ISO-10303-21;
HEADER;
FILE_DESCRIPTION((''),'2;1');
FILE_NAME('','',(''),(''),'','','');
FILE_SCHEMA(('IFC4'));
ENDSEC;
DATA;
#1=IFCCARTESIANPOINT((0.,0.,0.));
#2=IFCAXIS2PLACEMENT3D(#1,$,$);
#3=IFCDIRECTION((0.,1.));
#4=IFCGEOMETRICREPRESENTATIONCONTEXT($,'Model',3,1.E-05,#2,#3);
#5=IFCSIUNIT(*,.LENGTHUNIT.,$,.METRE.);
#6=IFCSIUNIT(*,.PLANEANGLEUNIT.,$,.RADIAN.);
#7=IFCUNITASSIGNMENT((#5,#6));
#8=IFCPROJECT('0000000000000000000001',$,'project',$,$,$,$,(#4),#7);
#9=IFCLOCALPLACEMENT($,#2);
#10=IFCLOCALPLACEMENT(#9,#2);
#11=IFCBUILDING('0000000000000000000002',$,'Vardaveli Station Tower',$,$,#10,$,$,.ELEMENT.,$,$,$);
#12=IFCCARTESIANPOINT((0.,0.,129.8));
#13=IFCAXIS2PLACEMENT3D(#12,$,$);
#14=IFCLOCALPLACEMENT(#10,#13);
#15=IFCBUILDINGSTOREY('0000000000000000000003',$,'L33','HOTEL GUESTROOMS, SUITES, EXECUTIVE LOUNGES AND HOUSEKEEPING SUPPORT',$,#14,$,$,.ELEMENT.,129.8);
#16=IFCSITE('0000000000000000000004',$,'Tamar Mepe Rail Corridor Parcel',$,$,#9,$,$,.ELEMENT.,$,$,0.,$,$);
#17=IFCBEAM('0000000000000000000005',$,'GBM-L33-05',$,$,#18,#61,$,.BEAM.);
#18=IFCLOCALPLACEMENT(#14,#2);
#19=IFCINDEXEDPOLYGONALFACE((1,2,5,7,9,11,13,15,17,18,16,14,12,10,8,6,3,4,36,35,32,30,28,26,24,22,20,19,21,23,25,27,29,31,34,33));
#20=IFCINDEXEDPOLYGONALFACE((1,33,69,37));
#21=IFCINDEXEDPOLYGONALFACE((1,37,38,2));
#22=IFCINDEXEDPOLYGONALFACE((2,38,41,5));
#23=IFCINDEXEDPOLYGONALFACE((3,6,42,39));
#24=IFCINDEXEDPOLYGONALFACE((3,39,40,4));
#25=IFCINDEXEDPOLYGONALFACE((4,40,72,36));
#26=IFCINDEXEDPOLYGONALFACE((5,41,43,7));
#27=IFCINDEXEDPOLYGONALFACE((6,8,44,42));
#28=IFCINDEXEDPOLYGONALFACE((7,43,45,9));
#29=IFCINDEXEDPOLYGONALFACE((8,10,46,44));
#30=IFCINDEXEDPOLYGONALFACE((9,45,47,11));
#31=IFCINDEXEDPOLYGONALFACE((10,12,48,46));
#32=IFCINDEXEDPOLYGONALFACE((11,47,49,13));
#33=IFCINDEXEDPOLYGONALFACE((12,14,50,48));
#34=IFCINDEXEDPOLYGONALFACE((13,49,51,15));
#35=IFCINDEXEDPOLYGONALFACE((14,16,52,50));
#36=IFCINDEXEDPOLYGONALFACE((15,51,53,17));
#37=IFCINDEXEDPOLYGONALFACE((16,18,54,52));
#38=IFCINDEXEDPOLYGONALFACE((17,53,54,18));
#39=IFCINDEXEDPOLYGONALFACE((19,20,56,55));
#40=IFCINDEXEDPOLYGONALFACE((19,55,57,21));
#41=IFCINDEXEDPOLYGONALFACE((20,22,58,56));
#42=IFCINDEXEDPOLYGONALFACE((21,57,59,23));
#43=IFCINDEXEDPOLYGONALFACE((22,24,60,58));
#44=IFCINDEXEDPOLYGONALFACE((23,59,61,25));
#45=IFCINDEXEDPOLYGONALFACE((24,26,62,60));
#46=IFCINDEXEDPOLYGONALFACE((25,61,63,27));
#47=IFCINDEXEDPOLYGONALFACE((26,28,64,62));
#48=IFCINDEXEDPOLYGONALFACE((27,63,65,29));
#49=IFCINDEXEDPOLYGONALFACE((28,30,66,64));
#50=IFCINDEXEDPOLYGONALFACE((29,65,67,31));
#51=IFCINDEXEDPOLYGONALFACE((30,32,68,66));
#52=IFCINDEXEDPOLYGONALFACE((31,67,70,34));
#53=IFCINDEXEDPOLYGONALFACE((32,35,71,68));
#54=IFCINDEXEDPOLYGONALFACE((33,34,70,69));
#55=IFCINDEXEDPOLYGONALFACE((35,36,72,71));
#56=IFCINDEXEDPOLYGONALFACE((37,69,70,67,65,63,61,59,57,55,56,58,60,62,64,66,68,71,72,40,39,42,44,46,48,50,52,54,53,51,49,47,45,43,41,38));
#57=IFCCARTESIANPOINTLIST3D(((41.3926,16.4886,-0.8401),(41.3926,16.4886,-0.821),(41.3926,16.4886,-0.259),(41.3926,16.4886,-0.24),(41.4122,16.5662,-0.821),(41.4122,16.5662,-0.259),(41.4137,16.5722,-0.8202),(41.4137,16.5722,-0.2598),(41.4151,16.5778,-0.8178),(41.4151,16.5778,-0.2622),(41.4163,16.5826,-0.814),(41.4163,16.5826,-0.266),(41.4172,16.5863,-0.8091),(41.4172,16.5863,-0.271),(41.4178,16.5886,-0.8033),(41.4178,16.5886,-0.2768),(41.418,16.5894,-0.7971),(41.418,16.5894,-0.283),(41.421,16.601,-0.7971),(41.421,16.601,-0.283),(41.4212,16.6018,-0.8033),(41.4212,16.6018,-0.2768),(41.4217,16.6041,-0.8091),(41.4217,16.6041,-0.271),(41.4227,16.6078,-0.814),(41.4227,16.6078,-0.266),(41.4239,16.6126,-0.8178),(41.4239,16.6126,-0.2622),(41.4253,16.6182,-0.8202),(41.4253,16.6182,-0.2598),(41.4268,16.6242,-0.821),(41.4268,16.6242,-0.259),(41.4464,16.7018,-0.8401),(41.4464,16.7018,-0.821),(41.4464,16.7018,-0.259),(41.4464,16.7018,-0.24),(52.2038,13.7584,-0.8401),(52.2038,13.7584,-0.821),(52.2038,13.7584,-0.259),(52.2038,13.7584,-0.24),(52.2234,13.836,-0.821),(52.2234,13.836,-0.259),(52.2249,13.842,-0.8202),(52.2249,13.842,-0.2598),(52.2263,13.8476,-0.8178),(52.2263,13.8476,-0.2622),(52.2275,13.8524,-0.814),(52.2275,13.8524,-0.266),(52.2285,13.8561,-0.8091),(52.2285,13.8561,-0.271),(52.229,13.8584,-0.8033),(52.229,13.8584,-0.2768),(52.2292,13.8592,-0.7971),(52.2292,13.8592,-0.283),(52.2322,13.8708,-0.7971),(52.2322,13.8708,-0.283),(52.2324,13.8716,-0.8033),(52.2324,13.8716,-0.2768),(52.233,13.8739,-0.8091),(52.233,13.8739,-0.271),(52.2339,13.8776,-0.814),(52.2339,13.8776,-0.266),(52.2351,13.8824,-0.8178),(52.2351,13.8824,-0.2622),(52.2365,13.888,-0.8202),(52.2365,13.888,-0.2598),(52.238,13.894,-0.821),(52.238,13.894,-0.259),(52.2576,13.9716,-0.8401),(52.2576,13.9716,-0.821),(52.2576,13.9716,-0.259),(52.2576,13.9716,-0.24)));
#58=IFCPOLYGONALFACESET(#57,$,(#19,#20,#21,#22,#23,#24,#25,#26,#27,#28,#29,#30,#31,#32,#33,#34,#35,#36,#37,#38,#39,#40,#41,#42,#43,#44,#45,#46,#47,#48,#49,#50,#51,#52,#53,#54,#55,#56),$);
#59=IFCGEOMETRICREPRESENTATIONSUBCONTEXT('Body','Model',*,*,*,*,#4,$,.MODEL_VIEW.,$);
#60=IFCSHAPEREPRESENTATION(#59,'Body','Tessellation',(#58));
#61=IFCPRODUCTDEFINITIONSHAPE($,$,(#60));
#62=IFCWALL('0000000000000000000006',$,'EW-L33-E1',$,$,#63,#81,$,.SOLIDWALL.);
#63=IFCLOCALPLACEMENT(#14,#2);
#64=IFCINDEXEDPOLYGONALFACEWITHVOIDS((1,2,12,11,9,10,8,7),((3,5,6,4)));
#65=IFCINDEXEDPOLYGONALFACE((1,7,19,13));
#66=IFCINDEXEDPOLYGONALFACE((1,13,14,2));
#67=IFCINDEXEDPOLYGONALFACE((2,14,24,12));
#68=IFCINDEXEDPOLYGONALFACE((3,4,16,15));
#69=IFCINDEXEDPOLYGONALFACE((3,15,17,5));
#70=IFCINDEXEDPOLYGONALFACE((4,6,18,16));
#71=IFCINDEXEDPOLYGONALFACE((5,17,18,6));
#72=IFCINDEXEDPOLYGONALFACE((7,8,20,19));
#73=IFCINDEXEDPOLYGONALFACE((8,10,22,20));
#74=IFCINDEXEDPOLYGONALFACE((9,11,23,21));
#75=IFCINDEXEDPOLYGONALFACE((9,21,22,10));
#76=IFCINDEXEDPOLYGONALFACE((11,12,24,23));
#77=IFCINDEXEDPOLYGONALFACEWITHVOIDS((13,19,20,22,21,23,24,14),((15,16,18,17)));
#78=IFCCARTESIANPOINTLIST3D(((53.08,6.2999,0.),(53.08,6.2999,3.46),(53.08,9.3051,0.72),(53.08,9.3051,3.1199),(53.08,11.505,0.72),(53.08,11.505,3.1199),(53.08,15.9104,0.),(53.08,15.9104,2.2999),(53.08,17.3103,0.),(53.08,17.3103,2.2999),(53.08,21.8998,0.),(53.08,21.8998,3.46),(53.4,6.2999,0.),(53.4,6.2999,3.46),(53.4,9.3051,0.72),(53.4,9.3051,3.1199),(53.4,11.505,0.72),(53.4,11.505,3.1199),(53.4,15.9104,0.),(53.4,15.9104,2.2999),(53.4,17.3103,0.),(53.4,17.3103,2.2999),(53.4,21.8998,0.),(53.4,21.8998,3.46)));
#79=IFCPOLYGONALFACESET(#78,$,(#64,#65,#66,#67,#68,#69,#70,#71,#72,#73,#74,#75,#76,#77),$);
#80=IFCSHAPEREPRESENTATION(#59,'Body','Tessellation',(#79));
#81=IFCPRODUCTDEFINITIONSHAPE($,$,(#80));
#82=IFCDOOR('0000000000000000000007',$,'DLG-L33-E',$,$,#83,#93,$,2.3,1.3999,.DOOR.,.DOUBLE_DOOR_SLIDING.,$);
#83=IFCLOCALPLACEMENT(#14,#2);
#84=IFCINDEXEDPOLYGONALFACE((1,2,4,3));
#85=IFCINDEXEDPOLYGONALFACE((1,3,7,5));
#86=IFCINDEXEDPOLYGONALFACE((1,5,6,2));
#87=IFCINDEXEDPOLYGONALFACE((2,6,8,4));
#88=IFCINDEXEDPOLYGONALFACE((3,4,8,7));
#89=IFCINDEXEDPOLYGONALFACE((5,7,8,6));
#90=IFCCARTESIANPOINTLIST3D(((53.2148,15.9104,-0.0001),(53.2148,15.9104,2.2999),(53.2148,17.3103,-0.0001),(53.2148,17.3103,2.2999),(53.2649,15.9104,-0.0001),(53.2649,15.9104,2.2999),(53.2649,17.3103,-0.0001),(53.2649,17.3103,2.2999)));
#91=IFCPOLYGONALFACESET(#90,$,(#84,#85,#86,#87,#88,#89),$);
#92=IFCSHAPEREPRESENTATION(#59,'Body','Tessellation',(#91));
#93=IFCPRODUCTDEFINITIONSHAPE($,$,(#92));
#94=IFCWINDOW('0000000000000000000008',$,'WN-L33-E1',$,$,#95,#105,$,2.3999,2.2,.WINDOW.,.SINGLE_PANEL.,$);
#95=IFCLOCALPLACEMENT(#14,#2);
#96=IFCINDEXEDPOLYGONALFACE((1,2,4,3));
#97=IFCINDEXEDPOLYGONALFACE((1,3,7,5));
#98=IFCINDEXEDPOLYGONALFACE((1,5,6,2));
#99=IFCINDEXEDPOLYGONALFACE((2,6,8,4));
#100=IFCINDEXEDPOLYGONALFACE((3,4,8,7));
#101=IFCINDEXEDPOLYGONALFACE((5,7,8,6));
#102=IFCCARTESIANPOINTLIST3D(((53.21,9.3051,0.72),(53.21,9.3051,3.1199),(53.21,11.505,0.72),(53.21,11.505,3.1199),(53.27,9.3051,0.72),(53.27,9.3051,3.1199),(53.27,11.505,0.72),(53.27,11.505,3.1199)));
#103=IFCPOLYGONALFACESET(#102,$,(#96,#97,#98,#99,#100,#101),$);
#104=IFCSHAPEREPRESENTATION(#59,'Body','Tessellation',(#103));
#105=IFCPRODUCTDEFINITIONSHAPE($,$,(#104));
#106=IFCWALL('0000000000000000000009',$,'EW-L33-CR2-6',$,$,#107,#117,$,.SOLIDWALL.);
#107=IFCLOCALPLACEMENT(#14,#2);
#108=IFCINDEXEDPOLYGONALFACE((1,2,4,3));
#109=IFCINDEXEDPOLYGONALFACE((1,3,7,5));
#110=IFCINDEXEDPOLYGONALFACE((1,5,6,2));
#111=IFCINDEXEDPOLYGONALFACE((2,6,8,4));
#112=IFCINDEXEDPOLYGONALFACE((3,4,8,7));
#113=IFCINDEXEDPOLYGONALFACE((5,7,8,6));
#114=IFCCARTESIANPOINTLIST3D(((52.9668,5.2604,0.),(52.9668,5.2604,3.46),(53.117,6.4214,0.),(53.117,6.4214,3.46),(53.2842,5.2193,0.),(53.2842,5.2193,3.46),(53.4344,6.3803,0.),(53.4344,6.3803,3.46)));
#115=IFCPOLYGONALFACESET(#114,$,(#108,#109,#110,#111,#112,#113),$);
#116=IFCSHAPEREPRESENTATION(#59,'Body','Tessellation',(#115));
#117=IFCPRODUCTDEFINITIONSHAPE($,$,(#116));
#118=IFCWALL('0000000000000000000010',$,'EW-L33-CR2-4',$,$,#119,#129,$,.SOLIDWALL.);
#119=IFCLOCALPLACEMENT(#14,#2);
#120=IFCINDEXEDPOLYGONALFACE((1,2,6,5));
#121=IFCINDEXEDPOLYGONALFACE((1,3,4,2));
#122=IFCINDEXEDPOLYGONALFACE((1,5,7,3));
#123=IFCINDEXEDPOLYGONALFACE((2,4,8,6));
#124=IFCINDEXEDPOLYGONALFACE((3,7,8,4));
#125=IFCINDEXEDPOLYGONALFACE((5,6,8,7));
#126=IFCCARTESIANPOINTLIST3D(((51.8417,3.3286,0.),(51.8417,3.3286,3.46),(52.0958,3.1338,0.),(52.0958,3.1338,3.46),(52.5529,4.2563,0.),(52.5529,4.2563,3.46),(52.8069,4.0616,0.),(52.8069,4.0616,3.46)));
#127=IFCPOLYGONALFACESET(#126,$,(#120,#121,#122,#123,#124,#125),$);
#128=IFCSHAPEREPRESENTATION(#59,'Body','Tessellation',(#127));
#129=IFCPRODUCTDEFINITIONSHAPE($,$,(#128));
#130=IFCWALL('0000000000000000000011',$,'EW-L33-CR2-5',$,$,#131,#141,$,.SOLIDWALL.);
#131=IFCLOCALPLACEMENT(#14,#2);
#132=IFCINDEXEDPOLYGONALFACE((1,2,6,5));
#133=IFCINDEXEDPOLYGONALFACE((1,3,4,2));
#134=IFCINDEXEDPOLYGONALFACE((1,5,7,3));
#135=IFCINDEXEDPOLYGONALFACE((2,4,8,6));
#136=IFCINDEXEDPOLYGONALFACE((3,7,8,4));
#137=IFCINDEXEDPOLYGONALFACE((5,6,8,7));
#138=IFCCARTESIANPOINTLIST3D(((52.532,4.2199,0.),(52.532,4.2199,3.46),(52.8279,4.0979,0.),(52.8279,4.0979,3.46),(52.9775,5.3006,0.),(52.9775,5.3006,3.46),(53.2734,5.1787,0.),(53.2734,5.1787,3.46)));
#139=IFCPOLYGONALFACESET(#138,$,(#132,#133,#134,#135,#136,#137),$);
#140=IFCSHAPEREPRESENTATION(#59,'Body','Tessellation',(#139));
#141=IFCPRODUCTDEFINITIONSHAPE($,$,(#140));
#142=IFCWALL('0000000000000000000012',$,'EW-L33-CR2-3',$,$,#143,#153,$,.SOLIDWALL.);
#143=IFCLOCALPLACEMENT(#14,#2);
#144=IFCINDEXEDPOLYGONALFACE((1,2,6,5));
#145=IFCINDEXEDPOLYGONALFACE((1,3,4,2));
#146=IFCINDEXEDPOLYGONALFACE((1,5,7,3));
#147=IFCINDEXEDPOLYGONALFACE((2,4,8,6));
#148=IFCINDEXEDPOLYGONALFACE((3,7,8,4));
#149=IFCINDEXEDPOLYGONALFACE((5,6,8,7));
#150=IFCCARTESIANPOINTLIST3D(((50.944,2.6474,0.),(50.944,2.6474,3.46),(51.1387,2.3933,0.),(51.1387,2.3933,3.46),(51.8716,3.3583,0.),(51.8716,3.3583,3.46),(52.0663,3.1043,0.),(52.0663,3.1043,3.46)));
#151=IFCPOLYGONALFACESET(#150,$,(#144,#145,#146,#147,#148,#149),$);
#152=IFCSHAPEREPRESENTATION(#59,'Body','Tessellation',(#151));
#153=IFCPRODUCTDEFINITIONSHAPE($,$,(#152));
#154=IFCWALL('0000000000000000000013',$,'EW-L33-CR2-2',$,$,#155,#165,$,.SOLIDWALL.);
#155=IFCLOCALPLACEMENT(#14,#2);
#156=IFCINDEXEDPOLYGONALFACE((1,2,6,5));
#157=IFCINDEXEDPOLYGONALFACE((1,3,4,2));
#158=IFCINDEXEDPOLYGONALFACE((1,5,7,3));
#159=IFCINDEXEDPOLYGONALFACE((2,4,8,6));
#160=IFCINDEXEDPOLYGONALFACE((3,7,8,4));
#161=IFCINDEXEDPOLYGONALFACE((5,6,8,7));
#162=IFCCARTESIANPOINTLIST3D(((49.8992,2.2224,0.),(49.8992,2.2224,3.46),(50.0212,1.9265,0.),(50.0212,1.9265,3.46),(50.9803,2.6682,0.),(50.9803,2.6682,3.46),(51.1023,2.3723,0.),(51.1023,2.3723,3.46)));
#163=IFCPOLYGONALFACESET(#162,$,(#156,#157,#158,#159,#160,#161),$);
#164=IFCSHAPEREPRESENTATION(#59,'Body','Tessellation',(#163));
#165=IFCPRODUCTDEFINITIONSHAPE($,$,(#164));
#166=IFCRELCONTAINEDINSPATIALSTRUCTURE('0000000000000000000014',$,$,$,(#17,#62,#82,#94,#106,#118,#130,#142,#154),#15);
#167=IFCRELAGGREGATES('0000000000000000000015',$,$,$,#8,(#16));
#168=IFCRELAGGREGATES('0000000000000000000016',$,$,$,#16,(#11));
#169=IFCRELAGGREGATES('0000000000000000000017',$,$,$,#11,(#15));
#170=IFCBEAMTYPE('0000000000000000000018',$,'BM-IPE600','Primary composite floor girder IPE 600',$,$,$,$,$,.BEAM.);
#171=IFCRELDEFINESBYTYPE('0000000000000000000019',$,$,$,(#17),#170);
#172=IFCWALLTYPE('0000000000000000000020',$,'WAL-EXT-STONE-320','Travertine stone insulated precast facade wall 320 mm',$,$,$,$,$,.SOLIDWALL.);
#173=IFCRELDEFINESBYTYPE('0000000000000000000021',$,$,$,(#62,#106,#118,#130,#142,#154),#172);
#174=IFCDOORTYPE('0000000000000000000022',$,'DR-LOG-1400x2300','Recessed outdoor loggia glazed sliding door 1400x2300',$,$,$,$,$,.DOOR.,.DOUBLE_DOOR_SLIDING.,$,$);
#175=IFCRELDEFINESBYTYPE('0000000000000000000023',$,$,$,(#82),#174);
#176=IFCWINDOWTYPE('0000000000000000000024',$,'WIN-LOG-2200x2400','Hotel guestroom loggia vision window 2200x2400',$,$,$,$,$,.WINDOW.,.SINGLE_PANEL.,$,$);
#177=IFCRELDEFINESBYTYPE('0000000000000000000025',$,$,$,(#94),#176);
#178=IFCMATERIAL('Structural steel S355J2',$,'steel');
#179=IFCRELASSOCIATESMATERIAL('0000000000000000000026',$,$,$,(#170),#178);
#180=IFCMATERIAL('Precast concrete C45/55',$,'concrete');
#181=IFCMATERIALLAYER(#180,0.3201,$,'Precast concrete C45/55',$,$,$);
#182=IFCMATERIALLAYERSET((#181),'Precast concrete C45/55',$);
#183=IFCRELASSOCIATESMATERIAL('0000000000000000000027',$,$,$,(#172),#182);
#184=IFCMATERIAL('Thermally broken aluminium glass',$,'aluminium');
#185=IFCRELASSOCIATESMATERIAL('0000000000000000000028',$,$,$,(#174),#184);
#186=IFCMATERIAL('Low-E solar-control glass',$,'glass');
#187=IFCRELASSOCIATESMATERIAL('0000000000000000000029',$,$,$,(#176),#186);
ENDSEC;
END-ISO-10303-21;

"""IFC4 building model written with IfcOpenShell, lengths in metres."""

from ifc_helpers import new_model, si_unit, direction, frame, frame_2d, origin, origin_2d, place, context, subcontext, project, spatial, rectangle, i_section, extrude, source, transform, mapped, material, layer, layer_set, material_profile, profile_set, type_object, element, fill, save


model = new_model("IFC4")

# Units and contexts
model_context = context("Model", 3, precision=1e-05, world=origin(), true_north=direction((0.0, 1.0)))
body_context = subcontext(model_context, "Body", "Model", "MODEL_VIEW")
ifc_project = project(units=[si_unit("LENGTHUNIT", "METRE"), si_unit("PLANEANGLEUNIT", "RADIAN")], contexts=[model_context])

# Site, building, storey
site_placement = place(None, origin())
site = spatial("IfcSite", under=ifc_project, at=site_placement, Name="Tamar Mepe Rail Corridor Parcel", CompositionType="ELEMENT", RefElevation=0.0)
building_placement = place(site_placement, origin())
building = spatial("IfcBuilding", under=site, at=building_placement, Name="Vardaveli Station Tower", CompositionType="ELEMENT")
storey_placement = place(building_placement, frame((0.0, 0.0, 129.8)))
storey = spatial("IfcBuildingStorey", under=building, at=storey_placement, Name="L33", Description="HOTEL GUESTROOMS, SUITES, EXECUTIVE LOUNGES AND HOUSEKEEPING SUPPORT", CompositionType="ELEMENT", Elevation=129.8)

# Beam
ifc_material_1 = material(Name="Precast concrete C45/55", Category="concrete")
ifc_material_2 = material(Name="Structural steel S355J2", Category="steel")
ifc_material_profile_1 = material_profile(ifc_material_2, i_section(OverallWidth=0.22, OverallDepth=0.6001, WebThickness=0.012, FlangeThickness=0.019, FilletRadius=0.0239, at=origin_2d()), Name="IPE 600")
ifc_profile_set_1 = profile_set([ifc_material_profile_1], Name="Structural steel S355J2")
beam_type_1 = type_object("IfcBeamType", Name="BM-IPE600", Description="Primary composite floor girder IPE 600", PredefinedType="BEAM", material=ifc_profile_set_1)
shared_shape_1 = source(origin(), body_context, "Body", "SweptSolid", [
    extrude(i_section(OverallWidth=0.22, OverallDepth=0.6001, WebThickness=0.012, FlangeThickness=0.019, FilletRadius=0.0239, at=origin_2d()), origin(), (0.0, 0.0, 1.0), 11.1506),
])
beam_1_placement = place(storey_placement, frame((52.2307, 13.865, -0.54), z_axis=(-0.969561, 0.244848, 0.0), x_axis=(-0.244848, -0.969561, 0.0)))
element("IfcBeam", 1, at=beam_1_placement, inside=storey, type_object=beam_type_1, Name="GBM-L33-05", PredefinedType="BEAM", context=body_context, shape_type="MappedRepresentation", body=[
    mapped(shared_shape_1, transform((0.0, 0.0, 0.0), scale=1.0)),
])

# Wall, openings, door, window
ifc_layer_1 = layer(ifc_material_1, 0.3201, Name="Precast concrete C45/55")
ifc_layer_set_1 = layer_set([ifc_layer_1], Name="Precast concrete C45/55")
wall_type_1 = type_object("IfcWallType", Name="WAL-EXT-STONE-320", Description="Travertine stone insulated precast facade wall 320 mm", PredefinedType="SOLIDWALL", material=ifc_layer_set_1)
shared_shape_2 = source(origin(), body_context, "Body", "SweptSolid", [
    extrude(rectangle(XDim=15.5999, YDim=0.3201, at=frame_2d((7.7998, 0.0))), origin(), (0.0, 0.0, 1.0), 3.46),
])
wall_1_placement = place(storey_placement, frame((53.24, 6.3, 0.0), z_axis=(0.0, 0.0, 1.0), x_axis=(0.0, 1.0, 0.0)))
wall_1 = element("IfcWall", 2, at=wall_1_placement, inside=storey, type_object=wall_type_1, Name="EW-L33-E1", PredefinedType="SOLIDWALL", context=body_context, shape_type="MappedRepresentation", body=[
    mapped(shared_shape_2, transform((0.0, 0.0, 0.0), scale=1.0)),
])
shared_shape_3 = source(origin(), body_context, "Body", "SweptSolid", [
    extrude(rectangle(XDim=1.3999, YDim=2.3, at=frame_2d((0.7, 1.1499))), frame((0.0, 0.1699, 0.0), z_axis=(0.0, -1.0, 0.0), x_axis=(1.0, 0.0, 0.0)), (0.0, 0.0, 1.0), 0.3401),
])
opening_1_placement = place(wall_1_placement, frame((9.6104, 0.0, 0.0)))
opening_1 = element("IfcOpeningElement", 3, at=opening_1_placement, cuts=wall_1, PredefinedType="OPENING", context=body_context, shape_type="MappedRepresentation", body=[
    mapped(shared_shape_3, transform((0.0, 0.0, 0.0), scale=1.0)),
])
shared_shape_4 = source(origin(), body_context, "Body", "SweptSolid", [
    extrude(rectangle(XDim=2.2, YDim=2.3999, at=frame_2d((1.1001, 1.2))), frame((0.0, 0.1699, 0.0), z_axis=(0.0, -1.0, 0.0), x_axis=(1.0, 0.0, 0.0)), (0.0, 0.0, 1.0), 0.3401),
])
opening_2_placement = place(wall_1_placement, frame((3.0049, 0.0, 0.72)))
opening_2 = element("IfcOpeningElement", 4, at=opening_2_placement, cuts=wall_1, PredefinedType="OPENING", context=body_context, shape_type="MappedRepresentation", body=[
    mapped(shared_shape_4, transform((0.0, 0.0, 0.0), scale=1.0)),
])
ifc_material_3 = material(Name="Thermally broken aluminium glass", Category="aluminium")
door_type_1 = type_object("IfcDoorType", Name="DR-LOG-1400x2300", Description="Recessed outdoor loggia glazed sliding door 1400x2300", OperationType="DOUBLE_DOOR_SLIDING", PredefinedType="DOOR", material=ifc_material_3)
shared_shape_5 = source(origin(), body_context, "Body", "SweptSolid", [
    extrude(rectangle(XDim=1.3999, YDim=2.3, at=frame_2d((0.7, 1.1499))), frame((0.0, 0.0249, 0.0), z_axis=(0.0, -1.0, 0.0), x_axis=(1.0, 0.0, 0.0)), (0.0, 0.0, 1.0), 0.05),
])
door_1_placement = place(opening_1_placement, frame((1.3999, 0.0, 0.0), z_axis=(0.0, 0.0, 1.0), x_axis=(-1.0, 0.0, 0.0)))
door_1 = element("IfcDoor", 5, at=door_1_placement, inside=storey, type_object=door_type_1, Name="DLG-L33-E", OperationType="DOUBLE_DOOR_SLIDING", OverallHeight=2.3, OverallWidth=1.3999, PredefinedType="DOOR", context=body_context, shape_type="MappedRepresentation", body=[
    mapped(shared_shape_5, transform((0.0, 0.0, 0.0), scale=1.0)),
])
fill(opening_1, door_1)
ifc_material_4 = material(Name="Low-E solar-control glass", Category="glass")
window_type = type_object("IfcWindowType", Name="WIN-LOG-2200x2400", Description="Hotel guestroom loggia vision window 2200x2400", PartitioningType="SINGLE_PANEL", PredefinedType="WINDOW", material=ifc_material_4)
shared_shape_6 = source(origin(), body_context, "Body", "SweptSolid", [
    extrude(rectangle(XDim=2.2, YDim=2.3999, at=frame_2d((1.1001, 1.2))), frame((0.0, 0.03, 0.0), z_axis=(0.0, -1.0, 0.0), x_axis=(1.0, 0.0, 0.0)), (0.0, 0.0, 1.0), 0.0601),
])
window_placement = place(opening_2_placement, origin())
window = element("IfcWindow", 6, at=window_placement, inside=storey, type_object=window_type, Name="WN-L33-E1", OverallHeight=2.3999, OverallWidth=2.2, PartitioningType="SINGLE_PANEL", PredefinedType="WINDOW", context=body_context, shape_type="MappedRepresentation", body=[
    mapped(shared_shape_6, transform((0.0, 0.0, 0.0), scale=1.0)),
])
fill(opening_2, window)

# Walls
shared_shape_7 = source(origin(), body_context, "Body", "SweptSolid", [
    extrude(rectangle(XDim=1.1707, YDim=0.3201, at=frame_2d((0.5854, 0.0))), origin(), (0.0, 0.0, 1.0), 3.46),
])
wall_2_placement = place(storey_placement, frame((53.1255, 5.2397, 0.0), z_axis=(0.0, 0.0, 1.0), x_axis=(0.128269, 0.991739, 0.0)))
element("IfcWall", 7, at=wall_2_placement, inside=storey, type_object=wall_type_1, Name="EW-L33-CR2-6", PredefinedType="SOLIDWALL", context=body_context, shape_type="MappedRepresentation", body=[
    mapped(shared_shape_7, transform((0.0, 0.0, 0.0), scale=1.0)),
])
shared_shape_8 = source(origin(), body_context, "Body", "SweptSolid", [
    extrude(rectangle(XDim=1.1689, YDim=0.3201, at=frame_2d((0.5845, 0.0))), origin(), (0.0, 0.0, 1.0), 3.46),
])
for number, where, z_axis, x_axis, name in (
    (8, (51.9688, 3.2312, 0.0), (0.0, 0.0, 1.0), (0.608388, 0.79364, 0.0), "EW-L33-CR2-4"),
    (9, (52.6799, 4.1589, 0.0), (0.0, 0.0, 1.0), (0.381128, 0.924522, 0.0), "EW-L33-CR2-5"),
):
    element("IfcWall", number, at=place(storey_placement, frame(where, z_axis=z_axis, x_axis=x_axis)), inside=storey, type_object=wall_type_1, Name=name, PredefinedType="SOLIDWALL", context=body_context, shape_type="MappedRepresentation", body=[
        mapped(shared_shape_8, transform((0.0, 0.0, 0.0), scale=1.0)),
    ])
shared_shape_9 = source(origin(), body_context, "Body", "SweptSolid", [
    extrude(rectangle(XDim=1.1687, YDim=0.3201, at=frame_2d((0.5845, 0.0))), origin(), (0.0, 0.0, 1.0), 3.46),
])
wall_3_placement = place(storey_placement, frame((51.0413, 2.5203, 0.0), z_axis=(0.0, 0.0, 1.0), x_axis=(0.793664, 0.608357, 0.0)))
element("IfcWall", 10, at=wall_3_placement, inside=storey, type_object=wall_type_1, Name="EW-L33-CR2-3", PredefinedType="SOLIDWALL", context=body_context, shape_type="MappedRepresentation", body=[
    mapped(shared_shape_9, transform((0.0, 0.0, 0.0), scale=1.0)),
])
shared_shape_10 = source(origin(), body_context, "Body", "SweptSolid", [
    extrude(rectangle(XDim=1.1694, YDim=0.3201, at=frame_2d((0.5847, 0.0))), origin(), (0.0, 0.0, 1.0), 3.46),
])
wall_4_placement = place(storey_placement, frame((49.9602, 2.0745, 0.0), z_axis=(0.0, 0.0, 1.0), x_axis=(0.924479, 0.381233, 0.0)))
element("IfcWall", 11, at=wall_4_placement, inside=storey, type_object=wall_type_1, Name="EW-L33-CR2-2", PredefinedType="SOLIDWALL", context=body_context, shape_type="MappedRepresentation", body=[
    mapped(shared_shape_10, transform((0.0, 0.0, 0.0), scale=1.0)),
])

save(model, "model.ifc")
